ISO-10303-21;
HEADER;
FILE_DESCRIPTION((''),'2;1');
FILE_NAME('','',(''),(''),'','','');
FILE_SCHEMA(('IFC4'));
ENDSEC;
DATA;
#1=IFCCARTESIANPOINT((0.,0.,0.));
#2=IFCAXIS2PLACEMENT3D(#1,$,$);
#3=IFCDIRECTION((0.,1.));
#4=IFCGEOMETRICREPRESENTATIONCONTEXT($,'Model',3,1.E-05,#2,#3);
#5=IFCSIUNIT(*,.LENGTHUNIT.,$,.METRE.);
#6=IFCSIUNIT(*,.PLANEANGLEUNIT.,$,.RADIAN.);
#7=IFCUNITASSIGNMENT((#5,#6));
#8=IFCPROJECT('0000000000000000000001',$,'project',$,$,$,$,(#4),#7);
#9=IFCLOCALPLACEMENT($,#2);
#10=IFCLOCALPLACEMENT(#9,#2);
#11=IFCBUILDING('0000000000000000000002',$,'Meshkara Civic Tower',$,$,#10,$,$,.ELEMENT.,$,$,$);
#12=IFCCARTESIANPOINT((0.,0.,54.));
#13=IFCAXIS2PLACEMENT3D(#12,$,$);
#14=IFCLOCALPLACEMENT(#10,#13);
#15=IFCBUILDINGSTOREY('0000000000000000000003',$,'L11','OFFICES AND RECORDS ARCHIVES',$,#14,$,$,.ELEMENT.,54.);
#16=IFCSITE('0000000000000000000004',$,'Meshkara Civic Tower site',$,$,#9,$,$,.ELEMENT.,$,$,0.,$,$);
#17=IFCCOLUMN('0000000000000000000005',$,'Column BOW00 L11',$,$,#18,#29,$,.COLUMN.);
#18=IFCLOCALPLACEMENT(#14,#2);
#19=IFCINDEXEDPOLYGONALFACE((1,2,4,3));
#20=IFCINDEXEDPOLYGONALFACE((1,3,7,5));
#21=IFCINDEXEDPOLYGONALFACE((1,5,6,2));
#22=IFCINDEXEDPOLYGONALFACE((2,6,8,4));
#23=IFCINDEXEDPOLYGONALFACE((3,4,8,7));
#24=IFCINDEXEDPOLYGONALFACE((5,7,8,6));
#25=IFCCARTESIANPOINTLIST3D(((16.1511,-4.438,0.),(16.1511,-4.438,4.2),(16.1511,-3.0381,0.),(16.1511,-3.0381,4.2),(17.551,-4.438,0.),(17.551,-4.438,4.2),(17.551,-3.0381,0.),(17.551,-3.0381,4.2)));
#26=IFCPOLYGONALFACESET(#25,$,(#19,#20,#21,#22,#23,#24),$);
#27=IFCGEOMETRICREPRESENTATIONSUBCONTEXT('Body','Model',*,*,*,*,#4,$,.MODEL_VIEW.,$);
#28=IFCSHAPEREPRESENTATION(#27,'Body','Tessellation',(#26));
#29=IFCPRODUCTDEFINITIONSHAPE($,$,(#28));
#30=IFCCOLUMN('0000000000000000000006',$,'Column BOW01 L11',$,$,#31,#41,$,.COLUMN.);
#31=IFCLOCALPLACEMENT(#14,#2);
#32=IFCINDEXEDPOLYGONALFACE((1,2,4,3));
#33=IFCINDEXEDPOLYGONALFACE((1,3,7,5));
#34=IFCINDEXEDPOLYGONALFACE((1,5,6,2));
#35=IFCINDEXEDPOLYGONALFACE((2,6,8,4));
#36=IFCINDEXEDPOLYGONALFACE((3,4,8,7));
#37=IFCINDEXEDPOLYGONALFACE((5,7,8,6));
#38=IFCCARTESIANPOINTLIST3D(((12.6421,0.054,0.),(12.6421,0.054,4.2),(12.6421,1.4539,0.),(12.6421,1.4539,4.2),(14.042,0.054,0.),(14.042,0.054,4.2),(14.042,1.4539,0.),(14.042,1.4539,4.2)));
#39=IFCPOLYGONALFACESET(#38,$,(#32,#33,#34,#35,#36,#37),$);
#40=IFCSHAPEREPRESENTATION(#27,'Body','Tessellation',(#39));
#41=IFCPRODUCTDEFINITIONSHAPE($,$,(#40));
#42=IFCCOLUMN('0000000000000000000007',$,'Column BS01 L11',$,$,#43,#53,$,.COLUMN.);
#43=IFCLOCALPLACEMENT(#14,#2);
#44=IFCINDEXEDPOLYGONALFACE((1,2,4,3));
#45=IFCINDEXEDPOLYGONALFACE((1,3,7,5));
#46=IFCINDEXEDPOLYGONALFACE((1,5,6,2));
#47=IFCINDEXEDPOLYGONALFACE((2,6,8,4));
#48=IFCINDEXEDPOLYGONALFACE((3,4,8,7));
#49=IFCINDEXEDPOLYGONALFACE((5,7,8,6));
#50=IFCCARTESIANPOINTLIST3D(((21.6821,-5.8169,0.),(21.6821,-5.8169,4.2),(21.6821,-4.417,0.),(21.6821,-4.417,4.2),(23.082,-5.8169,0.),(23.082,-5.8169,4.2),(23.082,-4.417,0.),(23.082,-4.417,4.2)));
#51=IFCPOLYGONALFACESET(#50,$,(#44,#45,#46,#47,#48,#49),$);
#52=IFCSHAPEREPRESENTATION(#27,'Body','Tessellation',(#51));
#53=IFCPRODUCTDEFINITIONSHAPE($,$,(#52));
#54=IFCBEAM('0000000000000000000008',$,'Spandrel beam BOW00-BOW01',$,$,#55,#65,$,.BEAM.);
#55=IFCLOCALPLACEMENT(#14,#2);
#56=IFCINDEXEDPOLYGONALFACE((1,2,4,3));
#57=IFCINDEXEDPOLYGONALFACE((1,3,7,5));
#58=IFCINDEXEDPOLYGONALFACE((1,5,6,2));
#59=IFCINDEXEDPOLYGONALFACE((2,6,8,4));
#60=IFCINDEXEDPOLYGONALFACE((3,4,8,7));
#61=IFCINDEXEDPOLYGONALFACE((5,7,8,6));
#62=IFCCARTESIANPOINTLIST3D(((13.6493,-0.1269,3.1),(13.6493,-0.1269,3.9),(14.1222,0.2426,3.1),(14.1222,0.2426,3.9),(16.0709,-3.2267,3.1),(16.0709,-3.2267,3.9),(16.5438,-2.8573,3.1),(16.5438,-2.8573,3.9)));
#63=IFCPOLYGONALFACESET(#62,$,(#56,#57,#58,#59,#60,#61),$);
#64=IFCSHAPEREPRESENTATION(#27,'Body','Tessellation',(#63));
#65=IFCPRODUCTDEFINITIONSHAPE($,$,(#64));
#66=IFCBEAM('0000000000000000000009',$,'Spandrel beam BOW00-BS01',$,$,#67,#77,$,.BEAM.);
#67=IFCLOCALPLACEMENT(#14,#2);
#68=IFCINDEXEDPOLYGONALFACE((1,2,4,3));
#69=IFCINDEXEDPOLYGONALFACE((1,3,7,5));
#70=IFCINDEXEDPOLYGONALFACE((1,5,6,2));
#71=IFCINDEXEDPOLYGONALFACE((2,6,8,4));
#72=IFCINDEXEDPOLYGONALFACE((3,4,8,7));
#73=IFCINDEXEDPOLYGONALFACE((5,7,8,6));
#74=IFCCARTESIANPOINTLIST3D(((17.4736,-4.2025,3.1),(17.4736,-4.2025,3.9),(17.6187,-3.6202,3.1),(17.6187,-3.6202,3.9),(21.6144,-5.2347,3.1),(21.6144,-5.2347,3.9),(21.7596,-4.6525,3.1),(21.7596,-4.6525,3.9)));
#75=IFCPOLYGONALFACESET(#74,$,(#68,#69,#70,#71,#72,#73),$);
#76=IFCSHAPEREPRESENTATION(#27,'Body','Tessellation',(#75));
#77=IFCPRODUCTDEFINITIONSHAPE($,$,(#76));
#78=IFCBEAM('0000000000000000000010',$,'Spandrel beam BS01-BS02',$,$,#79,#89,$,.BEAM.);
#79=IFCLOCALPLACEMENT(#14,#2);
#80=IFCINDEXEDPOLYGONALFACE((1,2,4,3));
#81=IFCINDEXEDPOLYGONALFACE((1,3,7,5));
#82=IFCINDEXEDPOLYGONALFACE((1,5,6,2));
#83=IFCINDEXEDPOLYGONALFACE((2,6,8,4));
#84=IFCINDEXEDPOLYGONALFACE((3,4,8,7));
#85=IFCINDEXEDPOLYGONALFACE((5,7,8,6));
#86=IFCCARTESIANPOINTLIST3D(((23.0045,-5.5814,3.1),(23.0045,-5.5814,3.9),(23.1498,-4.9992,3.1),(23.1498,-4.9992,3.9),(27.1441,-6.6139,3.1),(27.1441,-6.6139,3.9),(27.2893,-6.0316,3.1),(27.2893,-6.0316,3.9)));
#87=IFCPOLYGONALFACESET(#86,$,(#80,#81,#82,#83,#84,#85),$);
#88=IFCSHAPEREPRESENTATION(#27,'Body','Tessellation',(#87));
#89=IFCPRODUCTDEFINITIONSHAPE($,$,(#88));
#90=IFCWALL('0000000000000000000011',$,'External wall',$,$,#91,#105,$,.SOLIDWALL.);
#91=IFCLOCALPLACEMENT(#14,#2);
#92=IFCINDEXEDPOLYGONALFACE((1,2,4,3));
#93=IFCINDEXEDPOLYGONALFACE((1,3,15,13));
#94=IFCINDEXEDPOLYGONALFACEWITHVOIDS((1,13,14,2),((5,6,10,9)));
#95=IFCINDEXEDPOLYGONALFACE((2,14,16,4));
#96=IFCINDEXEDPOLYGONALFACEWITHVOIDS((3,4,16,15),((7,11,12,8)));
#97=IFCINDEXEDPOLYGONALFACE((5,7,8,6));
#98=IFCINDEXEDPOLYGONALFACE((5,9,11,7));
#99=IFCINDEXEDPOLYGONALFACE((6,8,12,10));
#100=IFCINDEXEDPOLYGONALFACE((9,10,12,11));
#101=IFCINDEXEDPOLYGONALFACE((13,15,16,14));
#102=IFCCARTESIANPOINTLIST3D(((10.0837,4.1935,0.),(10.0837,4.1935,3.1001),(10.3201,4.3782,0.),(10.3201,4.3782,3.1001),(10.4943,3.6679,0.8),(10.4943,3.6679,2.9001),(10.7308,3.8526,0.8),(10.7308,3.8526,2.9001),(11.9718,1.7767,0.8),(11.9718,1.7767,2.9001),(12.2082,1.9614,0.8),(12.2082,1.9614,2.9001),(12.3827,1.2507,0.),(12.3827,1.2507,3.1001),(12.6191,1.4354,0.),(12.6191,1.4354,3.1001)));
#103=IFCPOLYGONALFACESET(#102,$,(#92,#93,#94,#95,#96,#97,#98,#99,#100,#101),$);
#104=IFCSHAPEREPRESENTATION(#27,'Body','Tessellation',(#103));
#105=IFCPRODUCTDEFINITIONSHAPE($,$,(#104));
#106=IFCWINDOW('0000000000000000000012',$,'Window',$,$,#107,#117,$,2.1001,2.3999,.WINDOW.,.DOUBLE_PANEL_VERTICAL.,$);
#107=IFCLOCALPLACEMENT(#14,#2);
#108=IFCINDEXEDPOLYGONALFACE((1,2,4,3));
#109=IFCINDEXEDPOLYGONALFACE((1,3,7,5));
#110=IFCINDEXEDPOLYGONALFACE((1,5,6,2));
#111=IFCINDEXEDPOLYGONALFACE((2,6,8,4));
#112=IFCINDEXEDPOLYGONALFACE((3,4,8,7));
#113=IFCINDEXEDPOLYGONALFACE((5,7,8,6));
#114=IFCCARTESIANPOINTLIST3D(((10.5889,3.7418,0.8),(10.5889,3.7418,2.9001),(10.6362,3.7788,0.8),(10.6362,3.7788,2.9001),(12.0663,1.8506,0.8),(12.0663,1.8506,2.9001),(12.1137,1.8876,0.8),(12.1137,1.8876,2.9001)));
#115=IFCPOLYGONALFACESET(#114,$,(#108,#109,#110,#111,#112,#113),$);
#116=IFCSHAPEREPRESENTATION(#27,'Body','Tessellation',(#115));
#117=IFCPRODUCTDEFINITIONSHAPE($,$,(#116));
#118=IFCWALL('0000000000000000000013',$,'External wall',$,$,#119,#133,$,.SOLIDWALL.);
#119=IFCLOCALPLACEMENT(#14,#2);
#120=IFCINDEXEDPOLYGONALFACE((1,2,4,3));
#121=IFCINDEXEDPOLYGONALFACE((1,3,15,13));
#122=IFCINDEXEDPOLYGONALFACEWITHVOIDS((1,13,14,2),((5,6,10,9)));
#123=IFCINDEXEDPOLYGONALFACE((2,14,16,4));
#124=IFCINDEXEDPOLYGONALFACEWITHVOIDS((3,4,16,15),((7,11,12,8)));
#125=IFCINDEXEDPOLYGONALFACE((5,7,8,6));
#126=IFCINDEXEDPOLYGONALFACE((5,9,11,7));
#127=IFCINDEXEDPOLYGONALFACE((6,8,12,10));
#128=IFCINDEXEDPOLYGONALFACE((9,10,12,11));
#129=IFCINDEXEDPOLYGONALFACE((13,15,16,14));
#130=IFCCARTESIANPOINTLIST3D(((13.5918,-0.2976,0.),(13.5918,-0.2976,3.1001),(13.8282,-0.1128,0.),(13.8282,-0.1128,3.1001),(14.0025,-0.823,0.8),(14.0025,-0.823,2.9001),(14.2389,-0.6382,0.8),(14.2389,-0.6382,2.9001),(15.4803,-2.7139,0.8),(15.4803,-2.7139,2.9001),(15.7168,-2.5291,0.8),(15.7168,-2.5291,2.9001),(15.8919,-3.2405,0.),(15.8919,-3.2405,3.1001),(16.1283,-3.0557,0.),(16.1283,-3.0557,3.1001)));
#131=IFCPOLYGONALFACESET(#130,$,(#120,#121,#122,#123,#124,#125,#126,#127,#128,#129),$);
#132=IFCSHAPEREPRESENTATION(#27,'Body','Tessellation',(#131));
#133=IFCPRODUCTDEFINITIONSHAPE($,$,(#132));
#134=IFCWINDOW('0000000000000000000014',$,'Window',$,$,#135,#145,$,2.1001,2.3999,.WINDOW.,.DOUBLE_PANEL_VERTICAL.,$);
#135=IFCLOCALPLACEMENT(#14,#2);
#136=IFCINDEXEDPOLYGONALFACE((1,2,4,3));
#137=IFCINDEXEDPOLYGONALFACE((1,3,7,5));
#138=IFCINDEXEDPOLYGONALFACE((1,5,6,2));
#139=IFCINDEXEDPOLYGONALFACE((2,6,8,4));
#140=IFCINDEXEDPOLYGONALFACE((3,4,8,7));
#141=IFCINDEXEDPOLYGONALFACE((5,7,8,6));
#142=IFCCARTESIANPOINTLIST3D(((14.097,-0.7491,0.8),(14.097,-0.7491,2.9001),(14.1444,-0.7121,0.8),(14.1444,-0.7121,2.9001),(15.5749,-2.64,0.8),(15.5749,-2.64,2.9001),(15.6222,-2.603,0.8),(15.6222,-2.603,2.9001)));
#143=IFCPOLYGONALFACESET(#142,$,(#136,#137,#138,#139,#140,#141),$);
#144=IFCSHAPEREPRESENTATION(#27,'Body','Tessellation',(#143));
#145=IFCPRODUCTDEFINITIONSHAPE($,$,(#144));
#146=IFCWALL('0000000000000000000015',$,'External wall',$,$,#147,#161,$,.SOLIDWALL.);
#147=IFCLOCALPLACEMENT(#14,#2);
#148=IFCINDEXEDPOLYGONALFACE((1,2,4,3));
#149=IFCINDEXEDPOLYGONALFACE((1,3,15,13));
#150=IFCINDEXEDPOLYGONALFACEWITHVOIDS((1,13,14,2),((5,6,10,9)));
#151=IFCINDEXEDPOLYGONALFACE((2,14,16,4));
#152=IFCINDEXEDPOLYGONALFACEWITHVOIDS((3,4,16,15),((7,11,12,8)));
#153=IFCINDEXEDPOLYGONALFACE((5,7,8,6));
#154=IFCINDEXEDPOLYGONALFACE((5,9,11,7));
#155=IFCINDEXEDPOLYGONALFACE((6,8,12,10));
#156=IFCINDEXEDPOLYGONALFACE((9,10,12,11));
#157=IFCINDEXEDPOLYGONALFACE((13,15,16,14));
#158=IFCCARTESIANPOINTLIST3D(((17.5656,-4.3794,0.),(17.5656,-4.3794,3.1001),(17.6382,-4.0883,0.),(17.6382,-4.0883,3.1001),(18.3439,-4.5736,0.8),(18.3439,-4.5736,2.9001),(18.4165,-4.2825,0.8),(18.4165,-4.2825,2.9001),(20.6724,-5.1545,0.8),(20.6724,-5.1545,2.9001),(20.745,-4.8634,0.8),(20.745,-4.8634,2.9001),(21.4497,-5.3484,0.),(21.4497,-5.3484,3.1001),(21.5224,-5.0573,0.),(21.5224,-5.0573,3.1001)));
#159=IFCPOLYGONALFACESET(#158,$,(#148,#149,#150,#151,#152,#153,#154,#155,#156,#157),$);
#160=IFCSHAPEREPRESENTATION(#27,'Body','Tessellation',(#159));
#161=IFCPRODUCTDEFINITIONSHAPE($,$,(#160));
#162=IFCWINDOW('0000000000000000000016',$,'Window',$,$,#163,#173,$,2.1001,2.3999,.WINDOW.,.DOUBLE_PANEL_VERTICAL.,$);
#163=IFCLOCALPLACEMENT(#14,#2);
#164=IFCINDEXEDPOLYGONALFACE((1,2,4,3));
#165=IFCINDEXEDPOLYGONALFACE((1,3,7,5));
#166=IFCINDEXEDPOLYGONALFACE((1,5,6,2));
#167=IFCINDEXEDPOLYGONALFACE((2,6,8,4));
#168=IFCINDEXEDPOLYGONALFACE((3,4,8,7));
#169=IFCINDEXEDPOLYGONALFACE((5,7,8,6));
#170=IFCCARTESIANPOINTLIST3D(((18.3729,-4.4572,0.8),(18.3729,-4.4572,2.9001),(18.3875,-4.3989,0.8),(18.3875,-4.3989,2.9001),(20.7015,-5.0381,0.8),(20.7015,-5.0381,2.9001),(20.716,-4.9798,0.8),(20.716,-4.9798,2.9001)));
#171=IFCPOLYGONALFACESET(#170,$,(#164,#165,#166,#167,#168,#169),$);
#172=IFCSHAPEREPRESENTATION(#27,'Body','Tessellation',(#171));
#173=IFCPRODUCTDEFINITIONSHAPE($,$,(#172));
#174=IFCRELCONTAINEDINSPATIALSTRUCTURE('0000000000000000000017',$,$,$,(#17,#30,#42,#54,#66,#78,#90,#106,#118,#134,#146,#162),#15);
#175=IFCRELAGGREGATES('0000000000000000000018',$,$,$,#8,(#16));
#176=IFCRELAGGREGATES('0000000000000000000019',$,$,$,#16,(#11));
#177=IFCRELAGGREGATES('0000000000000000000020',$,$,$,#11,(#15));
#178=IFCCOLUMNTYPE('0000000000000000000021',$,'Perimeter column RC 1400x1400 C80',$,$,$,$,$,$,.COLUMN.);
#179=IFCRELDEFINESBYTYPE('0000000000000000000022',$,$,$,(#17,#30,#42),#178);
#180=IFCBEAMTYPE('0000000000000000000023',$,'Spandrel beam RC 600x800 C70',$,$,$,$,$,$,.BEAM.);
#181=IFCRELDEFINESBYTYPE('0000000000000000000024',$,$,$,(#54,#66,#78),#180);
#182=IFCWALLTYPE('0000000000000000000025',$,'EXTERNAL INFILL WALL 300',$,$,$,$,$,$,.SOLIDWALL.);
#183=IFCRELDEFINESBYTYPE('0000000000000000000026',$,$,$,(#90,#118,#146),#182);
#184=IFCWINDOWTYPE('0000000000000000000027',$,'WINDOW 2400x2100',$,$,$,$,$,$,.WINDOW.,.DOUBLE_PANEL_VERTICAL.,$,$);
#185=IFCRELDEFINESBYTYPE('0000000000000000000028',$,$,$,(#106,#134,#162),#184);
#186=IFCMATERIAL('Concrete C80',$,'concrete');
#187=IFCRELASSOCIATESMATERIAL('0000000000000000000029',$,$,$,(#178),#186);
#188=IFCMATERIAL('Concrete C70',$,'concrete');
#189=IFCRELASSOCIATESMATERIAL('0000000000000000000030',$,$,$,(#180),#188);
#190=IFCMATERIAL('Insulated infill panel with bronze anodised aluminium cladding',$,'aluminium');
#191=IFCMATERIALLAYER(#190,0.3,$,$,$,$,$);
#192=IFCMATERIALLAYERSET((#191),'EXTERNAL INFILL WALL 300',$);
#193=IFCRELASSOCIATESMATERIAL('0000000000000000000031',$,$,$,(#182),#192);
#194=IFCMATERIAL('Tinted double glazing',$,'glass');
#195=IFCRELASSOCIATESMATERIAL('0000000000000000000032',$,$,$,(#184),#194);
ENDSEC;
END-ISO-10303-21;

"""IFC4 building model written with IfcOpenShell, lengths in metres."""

from ifc_helpers import new_model, si_unit, direction, frame, frame_2d, origin, origin_2d, place, context, subcontext, project, spatial, rectangle, extrude, material, layer, layer_set, material_profile, profile_set, type_object, element, fill, save


model = new_model("IFC4")

# Units and contexts
model_context = context("Model", 3, precision=1e-05, world=origin(), true_north=direction((0.0, 1.0)))
body_context = subcontext(model_context, "Body", "Model", "MODEL_VIEW")
ifc_project = project(units=[si_unit("LENGTHUNIT", "METRE"), si_unit("PLANEANGLEUNIT", "RADIAN")], contexts=[model_context])

# Site, building, storey
site_placement = place(None, origin())
site = spatial("IfcSite", under=ifc_project, at=site_placement, Name="Meshkara Civic Tower site", CompositionType="ELEMENT", RefElevation=0.0)
building_placement = place(site_placement, origin())
building = spatial("IfcBuilding", under=site, at=building_placement, Name="Meshkara Civic Tower", CompositionType="ELEMENT")
storey_placement = place(building_placement, frame((0.0, 0.0, 54.0)))
storey = spatial("IfcBuildingStorey", under=building, at=storey_placement, Name="L11", Description="OFFICES AND RECORDS ARCHIVES", CompositionType="ELEMENT", Elevation=54.0)

# Columns
ifc_material_1 = material(Name="Concrete C80", Category="concrete")
ifc_material_profile_1 = material_profile(ifc_material_1, rectangle(XDim=1.3999, YDim=1.3999, at=origin_2d()))
ifc_profile_set_1 = profile_set([ifc_material_profile_1], Name="Concrete C80")
column_type = type_object("IfcColumnType", Name="Perimeter column RC 1400x1400 C80", PredefinedType="COLUMN", material=ifc_profile_set_1)
for number, where, z_axis, x_axis, name in (
    (1, (16.8511, -3.738, 0.0), (0.0, 0.0, 1.0), (1.0, 0.0, 0.0), "Column BOW00 L11"),
    (2, (13.342, 0.7539, 0.0), (0.0, 0.0, 1.0), (1.0, 0.0, 0.0), "Column BOW01 L11"),
    (3, (22.3821, -5.1169, 0.0), (0.0, 0.0, 1.0), (1.0, 0.0, 0.0), "Column BS01 L11"),
):
    element("IfcColumn", number, at=place(storey_placement, frame(where, z_axis=z_axis, x_axis=x_axis)), inside=storey, type_object=column_type, Name=name, PredefinedType="COLUMN", context=body_context, shape_type="SweptSolid", body=[
        extrude(rectangle(XDim=1.3999, YDim=1.3999, at=origin_2d()), origin(), (0.0, 0.0, 1.0), 4.2),
    ])

# Beams
ifc_material_2 = material(Name="Concrete C70", Category="concrete")
ifc_material_profile_2 = material_profile(ifc_material_2, rectangle(XDim=0.6001, YDim=0.8, at=origin_2d()))
ifc_profile_set_2 = profile_set([ifc_material_profile_2], Name="Concrete C70")
beam_type = type_object("IfcBeamType", Name="Spandrel beam RC 600x800 C70", PredefinedType="BEAM", material=ifc_profile_set_2)
beam_1_placement = place(storey_placement, frame((13.8857, 0.0579, 3.5), z_axis=(0.615624, -0.78804, 0.0), x_axis=(0.78804, 0.615624, 0.0)))
element("IfcBeam", 4, at=beam_1_placement, inside=storey, type_object=beam_type, Name="Spandrel beam BOW00-BOW01", PredefinedType="BEAM", context=body_context, shape_type="SweptSolid", body=[
    extrude(rectangle(XDim=0.6001, YDim=0.8, at=origin_2d()), origin(), (0.0, 0.0, 1.0), 3.9336),
])
beam_2_placement = place(storey_placement, frame((17.5461, -3.9114, 3.5), z_axis=(0.970307, -0.241876, 0.0), x_axis=(0.241876, 0.970307, 0.0)))
element("IfcBeam", 5, at=beam_2_placement, inside=storey, type_object=beam_type, Name="Spandrel beam BOW00-BS01", PredefinedType="BEAM", context=body_context, shape_type="SweptSolid", body=[
    extrude(rectangle(XDim=0.6001, YDim=0.8, at=origin_2d()), origin(), (0.0, 0.0, 1.0), 4.2676),
])
beam_3_placement = place(storey_placement, frame((23.0771, -5.2903, 3.5), z_axis=(0.970277, -0.241997, 0.0), x_axis=(0.241997, 0.970277, 0.0)))
element("IfcBeam", 6, at=beam_3_placement, inside=storey, type_object=beam_type, Name="Spandrel beam BS01-BS02", PredefinedType="BEAM", context=body_context, shape_type="SweptSolid", body=[
    extrude(rectangle(XDim=0.6001, YDim=0.8, at=origin_2d()), origin(), (0.0, 0.0, 1.0), 4.2664),
])

# Walls, openings, windows
ifc_material_3 = material(Name="Insulated infill panel with bronze anodised aluminium cladding", Category="aluminium")
ifc_layer_1 = layer(ifc_material_3, 0.3)
ifc_layer_set_1 = layer_set([ifc_layer_1], Name="EXTERNAL INFILL WALL 300")
wall_type_1 = type_object("IfcWallType", Name="EXTERNAL INFILL WALL 300", PredefinedType="SOLIDWALL", material=ifc_layer_set_1)
wall_1_placement = place(storey_placement, frame((10.2019, 4.2859, 0.0), z_axis=(0.0, 0.0, 1.0), x_axis=(0.615636, -0.78803, 0.0)))
wall_1 = element("IfcWall", 7, at=wall_1_placement, inside=storey, type_object=wall_type_1, Name="External wall", PredefinedType="SOLIDWALL", context=body_context, shape_type="SweptSolid", body=[
    extrude(rectangle(XDim=3.7344, YDim=0.3, at=frame_2d((1.8672, 0.0))), origin(), (0.0, 0.0, 1.0), 3.1001),
])
opening_1_placement = place(wall_1_placement, frame((0.667, 0.0, 0.8)))
opening_1 = element("IfcOpeningElement", 8, at=opening_1_placement, cuts=wall_1, PredefinedType="OPENING", context=body_context, shape_type="SweptSolid", body=[
    extrude(rectangle(XDim=2.3999, YDim=2.1001, at=frame_2d((1.2, 1.05))), frame((0.0, 0.1599, 0.0), z_axis=(0.0, -1.0, 0.0), x_axis=(1.0, 0.0, 0.0)), (0.0, 0.0, 1.0), 0.3201),
])
ifc_material_4 = material(Name="Tinted double glazing", Category="glass")
window_type = type_object("IfcWindowType", Name="WINDOW 2400x2100", PartitioningType="DOUBLE_PANEL_VERTICAL", PredefinedType="WINDOW", material=ifc_material_4)
window_1_placement = place(opening_1_placement, origin())
window_1 = element("IfcWindow", 9, at=window_1_placement, inside=storey, type_object=window_type, Name="Window", OverallHeight=2.1001, OverallWidth=2.3999, PartitioningType="DOUBLE_PANEL_VERTICAL", PredefinedType="WINDOW", context=body_context, shape_type="SweptSolid", body=[
    extrude(rectangle(XDim=2.3999, YDim=2.1001, at=frame_2d((1.2, 1.05))), frame((0.0, 0.03, 0.0), z_axis=(0.0, -1.0, 0.0), x_axis=(1.0, 0.0, 0.0)), (0.0, 0.0, 1.0), 0.0601),
])
fill(opening_1, window_1)
wall_2_placement = place(storey_placement, frame((13.71, -0.2051, 0.0), z_axis=(0.0, 0.0, 1.0), x_axis=(0.615799, -0.787903, 0.0)))
wall_2 = element("IfcWall", 10, at=wall_2_placement, inside=storey, type_object=wall_type_1, Name="External wall", PredefinedType="SOLIDWALL", context=body_context, shape_type="SweptSolid", body=[
    extrude(rectangle(XDim=3.7351, YDim=0.3, at=frame_2d((1.8677, 0.0))), origin(), (0.0, 0.0, 1.0), 3.1001),
])
opening_2_placement = place(wall_2_placement, frame((0.667, 0.0, 0.8)))
opening_2 = element("IfcOpeningElement", 11, at=opening_2_placement, cuts=wall_2, PredefinedType="OPENING", context=body_context, shape_type="SweptSolid", body=[
    extrude(rectangle(XDim=2.3999, YDim=2.1001, at=frame_2d((1.2, 1.05))), frame((0.0, 0.1599, 0.0), z_axis=(0.0, -1.0, 0.0), x_axis=(1.0, 0.0, 0.0)), (0.0, 0.0, 1.0), 0.3201),
])
window_2_placement = place(opening_2_placement, origin())
window_2 = element("IfcWindow", 12, at=window_2_placement, inside=storey, type_object=window_type, Name="Window", OverallHeight=2.1001, OverallWidth=2.3999, PartitioningType="DOUBLE_PANEL_VERTICAL", PredefinedType="WINDOW", context=body_context, shape_type="SweptSolid", body=[
    extrude(rectangle(XDim=2.3999, YDim=2.1001, at=frame_2d((1.2, 1.05))), frame((0.0, 0.03, 0.0), z_axis=(0.0, -1.0, 0.0), x_axis=(1.0, 0.0, 0.0)), (0.0, 0.0, 1.0), 0.0601),
])
fill(opening_2, window_2)
wall_3_placement = place(storey_placement, frame((17.6021, -4.2339, 0.0), z_axis=(0.0, 0.0, 1.0), x_axis=(0.970261, -0.242062, 0.0)))
wall_3 = element("IfcWall", 13, at=wall_3_placement, inside=storey, type_object=wall_type_1, Name="External wall", PredefinedType="SOLIDWALL", context=body_context, shape_type="SweptSolid", body=[
    extrude(rectangle(XDim=4.0032, YDim=0.3, at=frame_2d((2.0015, 0.0))), origin(), (0.0, 0.0, 1.0), 3.1001),
])
opening_3_placement = place(wall_3_placement, frame((0.802, 0.0, 0.8)))
opening_3 = element("IfcOpeningElement", 14, at=opening_3_placement, cuts=wall_3, PredefinedType="OPENING", context=body_context, shape_type="SweptSolid", body=[
    extrude(rectangle(XDim=2.3999, YDim=2.1001, at=frame_2d((1.2, 1.05))), frame((0.0, 0.1599, 0.0), z_axis=(0.0, -1.0, 0.0), x_axis=(1.0, 0.0, 0.0)), (0.0, 0.0, 1.0), 0.3201),
])
window_3_placement = place(opening_3_placement, origin())
window_3 = element("IfcWindow", 15, at=window_3_placement, inside=storey, type_object=window_type, Name="Window", OverallHeight=2.1001, OverallWidth=2.3999, PartitioningType="DOUBLE_PANEL_VERTICAL", PredefinedType="WINDOW", context=body_context, shape_type="SweptSolid", body=[
    extrude(rectangle(XDim=2.3999, YDim=2.1001, at=frame_2d((1.2, 1.05))), frame((0.0, 0.03, 0.0), z_axis=(0.0, -1.0, 0.0), x_axis=(1.0, 0.0, 0.0)), (0.0, 0.0, 1.0), 0.0601),
])
fill(opening_3, window_3)

save(model, "model.ifc")
